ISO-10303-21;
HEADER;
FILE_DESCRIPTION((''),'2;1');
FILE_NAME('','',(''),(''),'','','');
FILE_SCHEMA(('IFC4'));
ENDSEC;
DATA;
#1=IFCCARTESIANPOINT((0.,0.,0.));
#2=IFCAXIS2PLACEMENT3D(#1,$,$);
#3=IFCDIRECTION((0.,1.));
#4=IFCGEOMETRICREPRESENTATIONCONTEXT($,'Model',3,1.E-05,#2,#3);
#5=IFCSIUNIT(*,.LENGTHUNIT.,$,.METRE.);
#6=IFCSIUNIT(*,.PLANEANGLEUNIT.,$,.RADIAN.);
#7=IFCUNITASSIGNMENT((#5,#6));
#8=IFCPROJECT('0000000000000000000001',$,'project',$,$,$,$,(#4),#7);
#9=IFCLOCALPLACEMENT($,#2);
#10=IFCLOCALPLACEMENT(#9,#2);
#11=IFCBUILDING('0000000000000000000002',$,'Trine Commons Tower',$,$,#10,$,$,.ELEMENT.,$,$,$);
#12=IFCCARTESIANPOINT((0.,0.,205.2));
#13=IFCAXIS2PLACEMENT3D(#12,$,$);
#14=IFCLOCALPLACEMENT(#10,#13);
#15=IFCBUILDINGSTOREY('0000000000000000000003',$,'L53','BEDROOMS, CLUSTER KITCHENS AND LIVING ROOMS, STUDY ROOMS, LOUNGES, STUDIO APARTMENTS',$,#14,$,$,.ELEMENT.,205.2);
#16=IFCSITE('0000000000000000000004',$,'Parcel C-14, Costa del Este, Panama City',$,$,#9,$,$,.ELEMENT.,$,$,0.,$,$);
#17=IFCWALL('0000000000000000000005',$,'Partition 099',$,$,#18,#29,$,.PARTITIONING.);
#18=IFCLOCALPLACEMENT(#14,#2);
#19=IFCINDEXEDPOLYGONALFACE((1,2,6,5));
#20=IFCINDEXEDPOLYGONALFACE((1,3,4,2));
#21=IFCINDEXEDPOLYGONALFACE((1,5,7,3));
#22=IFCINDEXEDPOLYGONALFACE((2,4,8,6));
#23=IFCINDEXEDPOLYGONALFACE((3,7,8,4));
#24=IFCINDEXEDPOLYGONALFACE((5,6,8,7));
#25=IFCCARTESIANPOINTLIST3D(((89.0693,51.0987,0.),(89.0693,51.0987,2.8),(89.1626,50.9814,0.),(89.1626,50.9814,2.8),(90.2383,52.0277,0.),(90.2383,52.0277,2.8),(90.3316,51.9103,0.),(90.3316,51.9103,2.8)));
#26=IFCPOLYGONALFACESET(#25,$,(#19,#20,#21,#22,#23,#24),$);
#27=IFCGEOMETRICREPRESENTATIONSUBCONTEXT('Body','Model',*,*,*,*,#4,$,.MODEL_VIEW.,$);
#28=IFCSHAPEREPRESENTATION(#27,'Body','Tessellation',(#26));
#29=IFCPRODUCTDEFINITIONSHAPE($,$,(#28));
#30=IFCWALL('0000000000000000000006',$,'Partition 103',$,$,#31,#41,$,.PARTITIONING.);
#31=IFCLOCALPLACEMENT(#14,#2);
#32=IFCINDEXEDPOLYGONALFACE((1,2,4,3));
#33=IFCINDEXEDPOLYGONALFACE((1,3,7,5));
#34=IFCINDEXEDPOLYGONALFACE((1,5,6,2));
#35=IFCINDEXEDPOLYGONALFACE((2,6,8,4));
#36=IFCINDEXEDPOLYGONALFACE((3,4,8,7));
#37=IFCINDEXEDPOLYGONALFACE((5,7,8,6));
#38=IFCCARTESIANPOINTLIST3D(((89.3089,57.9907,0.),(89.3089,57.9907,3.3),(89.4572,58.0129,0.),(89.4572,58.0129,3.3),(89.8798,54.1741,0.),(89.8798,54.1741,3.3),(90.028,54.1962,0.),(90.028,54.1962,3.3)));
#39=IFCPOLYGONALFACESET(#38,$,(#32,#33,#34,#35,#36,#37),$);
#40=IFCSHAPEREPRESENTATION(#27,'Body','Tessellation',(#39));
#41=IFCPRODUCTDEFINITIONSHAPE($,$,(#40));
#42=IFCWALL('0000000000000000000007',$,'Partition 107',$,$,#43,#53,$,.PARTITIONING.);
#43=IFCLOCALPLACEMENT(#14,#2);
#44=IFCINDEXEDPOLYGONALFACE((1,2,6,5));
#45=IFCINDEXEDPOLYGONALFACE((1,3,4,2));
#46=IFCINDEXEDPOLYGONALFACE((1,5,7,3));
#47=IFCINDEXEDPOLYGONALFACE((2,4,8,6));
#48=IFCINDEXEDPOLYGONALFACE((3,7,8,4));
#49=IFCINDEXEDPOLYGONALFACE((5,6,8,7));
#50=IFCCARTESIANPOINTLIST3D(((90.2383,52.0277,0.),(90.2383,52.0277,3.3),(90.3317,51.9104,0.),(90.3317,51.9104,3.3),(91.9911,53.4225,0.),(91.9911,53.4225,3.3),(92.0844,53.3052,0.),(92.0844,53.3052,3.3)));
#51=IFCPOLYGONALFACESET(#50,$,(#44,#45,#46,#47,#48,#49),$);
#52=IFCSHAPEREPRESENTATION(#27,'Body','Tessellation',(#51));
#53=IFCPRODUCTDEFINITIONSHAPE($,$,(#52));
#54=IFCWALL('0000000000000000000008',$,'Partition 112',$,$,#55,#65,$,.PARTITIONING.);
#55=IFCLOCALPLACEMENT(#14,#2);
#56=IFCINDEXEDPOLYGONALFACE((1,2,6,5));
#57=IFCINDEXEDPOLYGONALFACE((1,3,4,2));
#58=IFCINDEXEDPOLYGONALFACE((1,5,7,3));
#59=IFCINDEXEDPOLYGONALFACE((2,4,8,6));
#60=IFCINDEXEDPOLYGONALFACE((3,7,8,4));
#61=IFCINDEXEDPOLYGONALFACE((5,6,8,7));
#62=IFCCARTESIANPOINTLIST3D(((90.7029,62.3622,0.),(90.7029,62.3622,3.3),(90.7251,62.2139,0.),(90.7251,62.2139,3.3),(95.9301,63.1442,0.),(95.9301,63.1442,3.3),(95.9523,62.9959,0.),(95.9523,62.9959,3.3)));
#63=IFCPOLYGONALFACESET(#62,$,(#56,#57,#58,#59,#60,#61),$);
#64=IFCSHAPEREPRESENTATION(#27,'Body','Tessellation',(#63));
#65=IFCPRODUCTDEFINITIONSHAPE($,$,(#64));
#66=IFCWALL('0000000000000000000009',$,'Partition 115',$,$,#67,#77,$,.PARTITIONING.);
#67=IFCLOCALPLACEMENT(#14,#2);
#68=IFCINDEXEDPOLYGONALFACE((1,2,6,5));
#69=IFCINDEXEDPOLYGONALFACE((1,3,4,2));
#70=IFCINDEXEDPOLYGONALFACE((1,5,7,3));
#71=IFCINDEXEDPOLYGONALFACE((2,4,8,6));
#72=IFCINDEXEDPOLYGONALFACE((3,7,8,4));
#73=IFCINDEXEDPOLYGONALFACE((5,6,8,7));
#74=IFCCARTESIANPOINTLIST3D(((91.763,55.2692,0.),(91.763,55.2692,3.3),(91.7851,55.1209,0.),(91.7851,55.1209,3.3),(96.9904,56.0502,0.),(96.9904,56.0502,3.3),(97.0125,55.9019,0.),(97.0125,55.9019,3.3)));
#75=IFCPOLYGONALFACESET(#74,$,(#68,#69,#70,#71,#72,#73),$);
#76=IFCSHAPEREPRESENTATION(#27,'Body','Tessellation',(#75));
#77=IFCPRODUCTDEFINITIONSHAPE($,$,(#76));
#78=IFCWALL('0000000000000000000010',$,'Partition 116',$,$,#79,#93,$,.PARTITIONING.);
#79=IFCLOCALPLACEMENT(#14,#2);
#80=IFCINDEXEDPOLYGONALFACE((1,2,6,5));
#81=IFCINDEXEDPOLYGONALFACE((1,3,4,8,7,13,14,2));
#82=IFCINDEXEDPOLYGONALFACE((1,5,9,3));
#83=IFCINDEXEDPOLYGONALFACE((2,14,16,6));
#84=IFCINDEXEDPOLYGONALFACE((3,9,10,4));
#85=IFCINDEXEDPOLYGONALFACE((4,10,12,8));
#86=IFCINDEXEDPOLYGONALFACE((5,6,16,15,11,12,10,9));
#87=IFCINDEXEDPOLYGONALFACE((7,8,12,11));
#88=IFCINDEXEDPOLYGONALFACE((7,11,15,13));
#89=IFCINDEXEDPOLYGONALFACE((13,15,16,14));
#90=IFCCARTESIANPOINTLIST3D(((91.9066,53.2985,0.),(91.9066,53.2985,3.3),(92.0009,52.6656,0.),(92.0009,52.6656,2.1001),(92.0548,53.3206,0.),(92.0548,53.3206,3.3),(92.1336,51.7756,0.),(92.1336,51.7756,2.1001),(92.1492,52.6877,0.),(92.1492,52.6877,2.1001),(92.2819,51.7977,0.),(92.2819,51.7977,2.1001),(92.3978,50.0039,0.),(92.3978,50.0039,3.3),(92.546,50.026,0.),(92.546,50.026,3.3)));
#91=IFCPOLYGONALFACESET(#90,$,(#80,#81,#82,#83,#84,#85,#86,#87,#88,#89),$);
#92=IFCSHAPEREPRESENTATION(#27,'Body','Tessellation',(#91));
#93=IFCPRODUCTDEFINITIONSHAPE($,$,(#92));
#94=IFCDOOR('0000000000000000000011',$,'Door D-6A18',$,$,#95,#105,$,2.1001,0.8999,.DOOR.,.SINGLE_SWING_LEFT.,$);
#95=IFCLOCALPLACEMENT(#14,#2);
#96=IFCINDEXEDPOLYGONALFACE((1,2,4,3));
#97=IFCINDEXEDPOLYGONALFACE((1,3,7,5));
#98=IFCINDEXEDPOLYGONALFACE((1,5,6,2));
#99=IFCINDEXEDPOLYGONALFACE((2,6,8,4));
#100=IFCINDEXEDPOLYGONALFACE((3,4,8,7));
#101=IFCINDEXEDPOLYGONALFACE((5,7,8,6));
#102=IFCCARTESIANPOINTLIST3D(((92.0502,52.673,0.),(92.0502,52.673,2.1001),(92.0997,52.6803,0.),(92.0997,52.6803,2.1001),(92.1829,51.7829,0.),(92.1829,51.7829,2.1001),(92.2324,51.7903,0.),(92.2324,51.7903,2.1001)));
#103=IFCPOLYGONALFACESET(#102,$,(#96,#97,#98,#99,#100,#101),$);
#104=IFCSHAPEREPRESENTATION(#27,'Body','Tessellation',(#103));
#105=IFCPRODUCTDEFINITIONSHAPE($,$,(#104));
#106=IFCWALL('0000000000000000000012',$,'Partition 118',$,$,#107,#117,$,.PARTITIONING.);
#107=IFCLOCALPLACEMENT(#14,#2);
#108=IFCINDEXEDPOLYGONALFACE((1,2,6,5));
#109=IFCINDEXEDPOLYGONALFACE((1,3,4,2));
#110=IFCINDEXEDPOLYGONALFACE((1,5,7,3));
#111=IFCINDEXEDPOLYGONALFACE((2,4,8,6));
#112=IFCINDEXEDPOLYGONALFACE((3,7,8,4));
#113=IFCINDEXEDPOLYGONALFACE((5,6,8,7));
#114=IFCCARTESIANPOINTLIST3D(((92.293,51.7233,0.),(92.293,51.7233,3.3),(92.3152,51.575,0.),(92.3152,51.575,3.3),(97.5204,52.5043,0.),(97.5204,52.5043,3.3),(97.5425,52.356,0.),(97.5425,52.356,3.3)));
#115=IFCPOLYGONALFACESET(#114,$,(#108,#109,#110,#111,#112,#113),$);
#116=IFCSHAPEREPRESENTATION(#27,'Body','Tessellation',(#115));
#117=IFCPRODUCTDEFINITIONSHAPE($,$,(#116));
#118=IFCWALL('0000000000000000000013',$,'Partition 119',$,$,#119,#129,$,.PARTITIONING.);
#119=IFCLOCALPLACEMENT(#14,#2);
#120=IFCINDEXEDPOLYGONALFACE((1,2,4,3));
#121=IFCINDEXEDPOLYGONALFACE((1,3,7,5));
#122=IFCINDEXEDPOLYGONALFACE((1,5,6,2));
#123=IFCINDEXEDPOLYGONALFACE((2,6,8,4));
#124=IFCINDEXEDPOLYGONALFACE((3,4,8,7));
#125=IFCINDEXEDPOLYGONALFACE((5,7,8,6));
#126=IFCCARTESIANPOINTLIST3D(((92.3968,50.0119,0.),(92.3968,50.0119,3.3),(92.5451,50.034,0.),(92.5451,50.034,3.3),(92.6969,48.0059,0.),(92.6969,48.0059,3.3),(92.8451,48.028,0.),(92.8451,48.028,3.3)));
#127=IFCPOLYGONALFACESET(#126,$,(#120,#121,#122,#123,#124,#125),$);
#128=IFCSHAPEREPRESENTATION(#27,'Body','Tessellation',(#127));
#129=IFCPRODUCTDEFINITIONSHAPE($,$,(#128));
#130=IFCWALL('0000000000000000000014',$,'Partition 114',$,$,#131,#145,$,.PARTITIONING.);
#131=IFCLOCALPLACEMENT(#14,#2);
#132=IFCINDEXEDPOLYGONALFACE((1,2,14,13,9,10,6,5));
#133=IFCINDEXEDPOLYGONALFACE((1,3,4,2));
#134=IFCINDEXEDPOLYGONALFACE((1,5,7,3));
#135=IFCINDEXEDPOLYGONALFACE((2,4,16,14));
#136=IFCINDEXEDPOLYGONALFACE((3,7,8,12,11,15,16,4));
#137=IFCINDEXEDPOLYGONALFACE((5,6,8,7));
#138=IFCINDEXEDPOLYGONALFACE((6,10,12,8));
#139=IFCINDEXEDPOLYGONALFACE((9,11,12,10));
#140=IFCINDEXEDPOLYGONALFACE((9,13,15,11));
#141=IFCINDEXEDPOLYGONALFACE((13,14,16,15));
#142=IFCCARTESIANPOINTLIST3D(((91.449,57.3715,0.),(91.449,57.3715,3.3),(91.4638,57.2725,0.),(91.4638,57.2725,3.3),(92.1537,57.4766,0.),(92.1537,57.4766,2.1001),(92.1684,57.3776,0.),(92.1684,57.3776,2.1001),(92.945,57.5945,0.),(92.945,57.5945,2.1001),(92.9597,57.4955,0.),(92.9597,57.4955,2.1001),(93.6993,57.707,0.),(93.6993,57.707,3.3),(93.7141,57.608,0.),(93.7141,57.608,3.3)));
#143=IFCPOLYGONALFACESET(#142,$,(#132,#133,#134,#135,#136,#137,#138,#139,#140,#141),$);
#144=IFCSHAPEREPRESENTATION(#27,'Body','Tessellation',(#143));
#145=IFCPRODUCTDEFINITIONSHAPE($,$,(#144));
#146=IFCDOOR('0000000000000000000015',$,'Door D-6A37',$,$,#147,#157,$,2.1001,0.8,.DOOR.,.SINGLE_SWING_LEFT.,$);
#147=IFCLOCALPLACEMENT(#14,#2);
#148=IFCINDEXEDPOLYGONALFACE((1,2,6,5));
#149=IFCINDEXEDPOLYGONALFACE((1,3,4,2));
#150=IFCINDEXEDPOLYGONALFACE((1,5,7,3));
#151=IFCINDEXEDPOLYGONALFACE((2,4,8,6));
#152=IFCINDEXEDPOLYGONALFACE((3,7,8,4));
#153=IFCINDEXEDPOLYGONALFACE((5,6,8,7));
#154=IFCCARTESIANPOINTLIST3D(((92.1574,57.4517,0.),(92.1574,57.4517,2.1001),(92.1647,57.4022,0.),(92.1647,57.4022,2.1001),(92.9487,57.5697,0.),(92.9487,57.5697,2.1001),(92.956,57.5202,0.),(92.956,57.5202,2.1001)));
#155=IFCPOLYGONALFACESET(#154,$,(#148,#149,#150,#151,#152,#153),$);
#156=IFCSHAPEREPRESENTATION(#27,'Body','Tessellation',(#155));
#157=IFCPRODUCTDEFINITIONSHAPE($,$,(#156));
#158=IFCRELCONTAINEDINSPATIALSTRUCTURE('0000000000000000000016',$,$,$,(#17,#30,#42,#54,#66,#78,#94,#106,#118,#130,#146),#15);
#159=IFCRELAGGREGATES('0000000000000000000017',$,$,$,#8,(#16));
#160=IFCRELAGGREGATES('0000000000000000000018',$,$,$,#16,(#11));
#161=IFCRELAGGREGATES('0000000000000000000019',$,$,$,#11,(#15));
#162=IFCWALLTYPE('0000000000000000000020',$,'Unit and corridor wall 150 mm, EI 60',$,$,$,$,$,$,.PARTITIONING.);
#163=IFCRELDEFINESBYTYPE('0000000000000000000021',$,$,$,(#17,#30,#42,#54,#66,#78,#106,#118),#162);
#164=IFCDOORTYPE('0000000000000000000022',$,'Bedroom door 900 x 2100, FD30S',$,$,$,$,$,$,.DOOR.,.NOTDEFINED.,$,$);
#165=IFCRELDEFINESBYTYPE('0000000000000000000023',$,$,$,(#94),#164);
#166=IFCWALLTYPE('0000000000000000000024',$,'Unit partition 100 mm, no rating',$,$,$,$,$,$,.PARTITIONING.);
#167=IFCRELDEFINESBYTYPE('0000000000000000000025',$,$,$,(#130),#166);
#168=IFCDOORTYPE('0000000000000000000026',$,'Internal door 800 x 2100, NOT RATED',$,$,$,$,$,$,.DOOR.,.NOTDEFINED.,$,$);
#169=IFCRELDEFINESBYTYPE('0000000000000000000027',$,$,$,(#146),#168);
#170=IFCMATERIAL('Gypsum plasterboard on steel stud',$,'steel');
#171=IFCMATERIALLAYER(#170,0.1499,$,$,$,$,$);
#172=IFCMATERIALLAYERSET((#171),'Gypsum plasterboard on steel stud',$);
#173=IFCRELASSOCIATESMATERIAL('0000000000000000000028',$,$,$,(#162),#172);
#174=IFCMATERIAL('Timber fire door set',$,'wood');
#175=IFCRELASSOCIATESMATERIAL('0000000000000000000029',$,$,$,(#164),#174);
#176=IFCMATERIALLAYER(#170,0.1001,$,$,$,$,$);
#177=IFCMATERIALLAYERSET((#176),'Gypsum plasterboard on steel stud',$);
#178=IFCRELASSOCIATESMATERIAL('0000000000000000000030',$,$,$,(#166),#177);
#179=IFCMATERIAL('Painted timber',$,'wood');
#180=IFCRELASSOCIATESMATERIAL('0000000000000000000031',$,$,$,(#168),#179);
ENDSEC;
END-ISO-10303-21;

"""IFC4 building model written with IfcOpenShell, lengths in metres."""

from ifc_helpers import new_model, si_unit, direction, frame, frame_2d, origin, place, context, subcontext, project, spatial, rectangle, extrude, material, layer, layer_set, type_object, element, fill, save


model = new_model("IFC4")

# Units and contexts
model_context = context("Model", 3, precision=1e-05, world=origin(), true_north=direction((0.0, 1.0)))
body_context = subcontext(model_context, "Body", "Model", "MODEL_VIEW")
ifc_project = project(units=[si_unit("LENGTHUNIT", "METRE"), si_unit("PLANEANGLEUNIT", "RADIAN")], contexts=[model_context])

# Site, building, storey
site_placement = place(None, origin())
site = spatial("IfcSite", under=ifc_project, at=site_placement, Name="Parcel C-14, Costa del Este, Panama City", CompositionType="ELEMENT", RefElevation=0.0)
building_placement = place(site_placement, origin())
building = spatial("IfcBuilding", under=site, at=building_placement, Name="Trine Commons Tower", CompositionType="ELEMENT")
storey_placement = place(building_placement, frame((0.0, 0.0, 205.2)))
storey = spatial("IfcBuildingStorey", under=building, at=storey_placement, Name="L53", Description="BEDROOMS, CLUSTER KITCHENS AND LIVING ROOMS, STUDY ROOMS, LOUNGES, STUDIO APARTMENTS", CompositionType="ELEMENT", Elevation=205.2)

# Walls
ifc_material_1 = material(Name="Gypsum plasterboard on steel stud", Category="steel")
ifc_layer_1 = layer(ifc_material_1, 0.1499)
ifc_layer_set_1 = layer_set([ifc_layer_1], Name="Gypsum plasterboard on steel stud")
wall_type_1 = type_object("IfcWallType", Name="Unit and corridor wall 150 mm, EI 60", PredefinedType="PARTITIONING", material=ifc_layer_set_1)
wall_1_placement = place(storey_placement, frame((89.116, 51.04, 0.0), z_axis=(0.0, 0.0, 1.0), x_axis=(0.782891, 0.622159, 0.0)))
element("IfcWall", 1, at=wall_1_placement, inside=storey, type_object=wall_type_1, Name="Partition 099", PredefinedType="PARTITIONING", context=body_context, shape_type="SweptSolid", body=[
    extrude(rectangle(XDim=1.4932, YDim=0.1499, at=frame_2d((0.7466, 0.0))), origin(), (0.0, 0.0, 1.0), 2.8),
])
wall_2_placement = place(storey_placement, frame((89.3831, 58.002, 0.0), z_axis=(0.0, 0.0, 1.0), x_axis=(0.14791, -0.989001, 0.0)))
element("IfcWall", 2, at=wall_2_placement, inside=storey, type_object=wall_type_1, Name="Partition 103", PredefinedType="PARTITIONING", context=body_context, shape_type="SweptSolid", body=[
    extrude(rectangle(XDim=3.8591, YDim=0.1499, at=frame_2d((1.9297, 0.0))), origin(), (0.0, 0.0, 1.0), 3.3),
])
wall_3_placement = place(storey_placement, frame((90.2849, 51.969, 0.0), z_axis=(0.0, 0.0, 1.0), x_axis=(0.782472, 0.622686, 0.0)))
element("IfcWall", 3, at=wall_3_placement, inside=storey, type_object=wall_type_1, Name="Partition 107", PredefinedType="PARTITIONING", context=body_context, shape_type="SweptSolid", body=[
    extrude(rectangle(XDim=2.24, YDim=0.1499, at=frame_2d((1.1201, 0.0))), origin(), (0.0, 0.0, 1.0), 3.3),
])
for number, where, z_axis, x_axis, name in (
    (4, (90.7141, 62.2881, 0.0), (0.0, 0.0, 1.0), (0.988995, 0.14795, 0.0), "Partition 112"),
    (5, (91.7742, 55.1951, 0.0), (0.0, 0.0, 1.0), (0.989022, 0.147769, 0.0), "Partition 115"),
):
    element("IfcWall", number, at=place(storey_placement, frame(where, z_axis=z_axis, x_axis=x_axis)), inside=storey, type_object=wall_type_1, Name=name, PredefinedType="PARTITIONING", context=body_context, shape_type="SweptSolid", body=[
        extrude(rectangle(XDim=5.2854, YDim=0.1499, at=frame_2d((2.6426, 0.0))), origin(), (0.0, 0.0, 1.0), 3.3),
    ])

# Wall, opening, door
wall_4_placement = place(storey_placement, frame((91.9807, 53.3096, 0.0), z_axis=(0.0, 0.0, 1.0), x_axis=(0.147462, -0.989068, 0.0)))
wall_4 = element("IfcWall", 6, at=wall_4_placement, inside=storey, type_object=wall_type_1, Name="Partition 116", PredefinedType="PARTITIONING", context=body_context, shape_type="SweptSolid", body=[
    extrude(rectangle(XDim=3.3311, YDim=0.1499, at=frame_2d((1.6655, 0.0))), origin(), (0.0, 0.0, 1.0), 3.3),
])
opening_1_placement = place(wall_4_placement, frame((0.6399, 0.0, 0.0)))
opening_1 = element("IfcOpeningElement", 7, at=opening_1_placement, cuts=wall_4, PredefinedType="OPENING", context=body_context, shape_type="SweptSolid", body=[
    extrude(rectangle(XDim=0.8999, YDim=2.1001, at=frame_2d((0.45, 1.05))), frame((0.0, 0.085, 0.0), z_axis=(0.0, -1.0, 0.0), x_axis=(1.0, 0.0, 0.0)), (0.0, 0.0, 1.0), 0.1699),
])
ifc_material_2 = material(Name="Timber fire door set", Category="wood")
door_type_1 = type_object("IfcDoorType", Name="Bedroom door 900 x 2100, FD30S", OperationType="NOTDEFINED", PredefinedType="DOOR", material=ifc_material_2)
door_1_placement = place(opening_1_placement, origin())
door_1 = element("IfcDoor", 8, at=door_1_placement, inside=storey, type_object=door_type_1, Name="Door D-6A18", OperationType="SINGLE_SWING_LEFT", OverallHeight=2.1001, OverallWidth=0.8999, PredefinedType="DOOR", context=body_context, shape_type="SweptSolid", body=[
    extrude(rectangle(XDim=0.8999, YDim=2.1001, at=frame_2d((0.45, 1.05))), frame((0.0, 0.0249, 0.0), z_axis=(0.0, -1.0, 0.0), x_axis=(1.0, 0.0, 0.0)), (0.0, 0.0, 1.0), 0.05),
])
fill(opening_1, door_1)

# Walls
wall_5_placement = place(storey_placement, frame((92.3042, 51.6492, 0.0), z_axis=(0.0, 0.0, 1.0), x_axis=(0.989022, 0.147769, 0.0)))
element("IfcWall", 9, at=wall_5_placement, inside=storey, type_object=wall_type_1, Name="Partition 118", PredefinedType="PARTITIONING", context=body_context, shape_type="SweptSolid", body=[
    extrude(rectangle(XDim=5.2854, YDim=0.1499, at=frame_2d((2.6426, 0.0))), origin(), (0.0, 0.0, 1.0), 3.3),
])
wall_6_placement = place(storey_placement, frame((92.4709, 50.0229, 0.0), z_axis=(0.0, 0.0, 1.0), x_axis=(0.147923, -0.988999, 0.0)))
element("IfcWall", 10, at=wall_6_placement, inside=storey, type_object=wall_type_1, Name="Partition 119", PredefinedType="PARTITIONING", context=body_context, shape_type="SweptSolid", body=[
    extrude(rectangle(XDim=2.0283, YDim=0.1499, at=frame_2d((1.0142, 0.0))), origin(), (0.0, 0.0, 1.0), 3.3),
])

# Wall, opening, door
ifc_layer_2 = layer(ifc_material_1, 0.1001)
ifc_layer_set_2 = layer_set([ifc_layer_2], Name="Gypsum plasterboard on steel stud")
wall_type_2 = type_object("IfcWallType", Name="Unit partition 100 mm, no rating", PredefinedType="PARTITIONING", material=ifc_layer_set_2)
wall_7_placement = place(storey_placement, frame((91.4563, 57.322, 0.0), z_axis=(0.0, 0.0, 1.0), x_axis=(0.989071, 0.147443, 0.0)))
wall_7 = element("IfcWall", 11, at=wall_7_placement, inside=storey, type_object=wall_type_2, Name="Partition 114", PredefinedType="PARTITIONING", context=body_context, shape_type="SweptSolid", body=[
    extrude(rectangle(XDim=2.2751, YDim=0.1001, at=frame_2d((1.1377, 0.0))), origin(), (0.0, 0.0, 1.0), 3.3),
])
opening_2_placement = place(wall_7_placement, frame((0.7126, 0.0, 0.0)))
opening_2 = element("IfcOpeningElement", 12, at=opening_2_placement, cuts=wall_7, PredefinedType="OPENING", context=body_context, shape_type="SweptSolid", body=[
    extrude(rectangle(XDim=0.8, YDim=2.1001, at=frame_2d((0.3999, 1.05))), frame((0.0, 0.0601, 0.0), z_axis=(0.0, -1.0, 0.0), x_axis=(1.0, 0.0, 0.0)), (0.0, 0.0, 1.0), 0.1201),
])
ifc_material_3 = material(Name="Painted timber", Category="wood")
door_type_2 = type_object("IfcDoorType", Name="Internal door 800 x 2100, NOT RATED", OperationType="NOTDEFINED", PredefinedType="DOOR", material=ifc_material_3)
door_2_placement = place(opening_2_placement, origin())
door_2 = element("IfcDoor", 13, at=door_2_placement, inside=storey, type_object=door_type_2, Name="Door D-6A37", OperationType="SINGLE_SWING_LEFT", OverallHeight=2.1001, OverallWidth=0.8, PredefinedType="DOOR", context=body_context, shape_type="SweptSolid", body=[
    extrude(rectangle(XDim=0.8, YDim=2.1001, at=frame_2d((0.3999, 1.05))), frame((0.0, 0.0249, 0.0), z_axis=(0.0, -1.0, 0.0), x_axis=(1.0, 0.0, 0.0)), (0.0, 0.0, 1.0), 0.05),
])
fill(opening_2, door_2)

save(model, "model.ifc")
